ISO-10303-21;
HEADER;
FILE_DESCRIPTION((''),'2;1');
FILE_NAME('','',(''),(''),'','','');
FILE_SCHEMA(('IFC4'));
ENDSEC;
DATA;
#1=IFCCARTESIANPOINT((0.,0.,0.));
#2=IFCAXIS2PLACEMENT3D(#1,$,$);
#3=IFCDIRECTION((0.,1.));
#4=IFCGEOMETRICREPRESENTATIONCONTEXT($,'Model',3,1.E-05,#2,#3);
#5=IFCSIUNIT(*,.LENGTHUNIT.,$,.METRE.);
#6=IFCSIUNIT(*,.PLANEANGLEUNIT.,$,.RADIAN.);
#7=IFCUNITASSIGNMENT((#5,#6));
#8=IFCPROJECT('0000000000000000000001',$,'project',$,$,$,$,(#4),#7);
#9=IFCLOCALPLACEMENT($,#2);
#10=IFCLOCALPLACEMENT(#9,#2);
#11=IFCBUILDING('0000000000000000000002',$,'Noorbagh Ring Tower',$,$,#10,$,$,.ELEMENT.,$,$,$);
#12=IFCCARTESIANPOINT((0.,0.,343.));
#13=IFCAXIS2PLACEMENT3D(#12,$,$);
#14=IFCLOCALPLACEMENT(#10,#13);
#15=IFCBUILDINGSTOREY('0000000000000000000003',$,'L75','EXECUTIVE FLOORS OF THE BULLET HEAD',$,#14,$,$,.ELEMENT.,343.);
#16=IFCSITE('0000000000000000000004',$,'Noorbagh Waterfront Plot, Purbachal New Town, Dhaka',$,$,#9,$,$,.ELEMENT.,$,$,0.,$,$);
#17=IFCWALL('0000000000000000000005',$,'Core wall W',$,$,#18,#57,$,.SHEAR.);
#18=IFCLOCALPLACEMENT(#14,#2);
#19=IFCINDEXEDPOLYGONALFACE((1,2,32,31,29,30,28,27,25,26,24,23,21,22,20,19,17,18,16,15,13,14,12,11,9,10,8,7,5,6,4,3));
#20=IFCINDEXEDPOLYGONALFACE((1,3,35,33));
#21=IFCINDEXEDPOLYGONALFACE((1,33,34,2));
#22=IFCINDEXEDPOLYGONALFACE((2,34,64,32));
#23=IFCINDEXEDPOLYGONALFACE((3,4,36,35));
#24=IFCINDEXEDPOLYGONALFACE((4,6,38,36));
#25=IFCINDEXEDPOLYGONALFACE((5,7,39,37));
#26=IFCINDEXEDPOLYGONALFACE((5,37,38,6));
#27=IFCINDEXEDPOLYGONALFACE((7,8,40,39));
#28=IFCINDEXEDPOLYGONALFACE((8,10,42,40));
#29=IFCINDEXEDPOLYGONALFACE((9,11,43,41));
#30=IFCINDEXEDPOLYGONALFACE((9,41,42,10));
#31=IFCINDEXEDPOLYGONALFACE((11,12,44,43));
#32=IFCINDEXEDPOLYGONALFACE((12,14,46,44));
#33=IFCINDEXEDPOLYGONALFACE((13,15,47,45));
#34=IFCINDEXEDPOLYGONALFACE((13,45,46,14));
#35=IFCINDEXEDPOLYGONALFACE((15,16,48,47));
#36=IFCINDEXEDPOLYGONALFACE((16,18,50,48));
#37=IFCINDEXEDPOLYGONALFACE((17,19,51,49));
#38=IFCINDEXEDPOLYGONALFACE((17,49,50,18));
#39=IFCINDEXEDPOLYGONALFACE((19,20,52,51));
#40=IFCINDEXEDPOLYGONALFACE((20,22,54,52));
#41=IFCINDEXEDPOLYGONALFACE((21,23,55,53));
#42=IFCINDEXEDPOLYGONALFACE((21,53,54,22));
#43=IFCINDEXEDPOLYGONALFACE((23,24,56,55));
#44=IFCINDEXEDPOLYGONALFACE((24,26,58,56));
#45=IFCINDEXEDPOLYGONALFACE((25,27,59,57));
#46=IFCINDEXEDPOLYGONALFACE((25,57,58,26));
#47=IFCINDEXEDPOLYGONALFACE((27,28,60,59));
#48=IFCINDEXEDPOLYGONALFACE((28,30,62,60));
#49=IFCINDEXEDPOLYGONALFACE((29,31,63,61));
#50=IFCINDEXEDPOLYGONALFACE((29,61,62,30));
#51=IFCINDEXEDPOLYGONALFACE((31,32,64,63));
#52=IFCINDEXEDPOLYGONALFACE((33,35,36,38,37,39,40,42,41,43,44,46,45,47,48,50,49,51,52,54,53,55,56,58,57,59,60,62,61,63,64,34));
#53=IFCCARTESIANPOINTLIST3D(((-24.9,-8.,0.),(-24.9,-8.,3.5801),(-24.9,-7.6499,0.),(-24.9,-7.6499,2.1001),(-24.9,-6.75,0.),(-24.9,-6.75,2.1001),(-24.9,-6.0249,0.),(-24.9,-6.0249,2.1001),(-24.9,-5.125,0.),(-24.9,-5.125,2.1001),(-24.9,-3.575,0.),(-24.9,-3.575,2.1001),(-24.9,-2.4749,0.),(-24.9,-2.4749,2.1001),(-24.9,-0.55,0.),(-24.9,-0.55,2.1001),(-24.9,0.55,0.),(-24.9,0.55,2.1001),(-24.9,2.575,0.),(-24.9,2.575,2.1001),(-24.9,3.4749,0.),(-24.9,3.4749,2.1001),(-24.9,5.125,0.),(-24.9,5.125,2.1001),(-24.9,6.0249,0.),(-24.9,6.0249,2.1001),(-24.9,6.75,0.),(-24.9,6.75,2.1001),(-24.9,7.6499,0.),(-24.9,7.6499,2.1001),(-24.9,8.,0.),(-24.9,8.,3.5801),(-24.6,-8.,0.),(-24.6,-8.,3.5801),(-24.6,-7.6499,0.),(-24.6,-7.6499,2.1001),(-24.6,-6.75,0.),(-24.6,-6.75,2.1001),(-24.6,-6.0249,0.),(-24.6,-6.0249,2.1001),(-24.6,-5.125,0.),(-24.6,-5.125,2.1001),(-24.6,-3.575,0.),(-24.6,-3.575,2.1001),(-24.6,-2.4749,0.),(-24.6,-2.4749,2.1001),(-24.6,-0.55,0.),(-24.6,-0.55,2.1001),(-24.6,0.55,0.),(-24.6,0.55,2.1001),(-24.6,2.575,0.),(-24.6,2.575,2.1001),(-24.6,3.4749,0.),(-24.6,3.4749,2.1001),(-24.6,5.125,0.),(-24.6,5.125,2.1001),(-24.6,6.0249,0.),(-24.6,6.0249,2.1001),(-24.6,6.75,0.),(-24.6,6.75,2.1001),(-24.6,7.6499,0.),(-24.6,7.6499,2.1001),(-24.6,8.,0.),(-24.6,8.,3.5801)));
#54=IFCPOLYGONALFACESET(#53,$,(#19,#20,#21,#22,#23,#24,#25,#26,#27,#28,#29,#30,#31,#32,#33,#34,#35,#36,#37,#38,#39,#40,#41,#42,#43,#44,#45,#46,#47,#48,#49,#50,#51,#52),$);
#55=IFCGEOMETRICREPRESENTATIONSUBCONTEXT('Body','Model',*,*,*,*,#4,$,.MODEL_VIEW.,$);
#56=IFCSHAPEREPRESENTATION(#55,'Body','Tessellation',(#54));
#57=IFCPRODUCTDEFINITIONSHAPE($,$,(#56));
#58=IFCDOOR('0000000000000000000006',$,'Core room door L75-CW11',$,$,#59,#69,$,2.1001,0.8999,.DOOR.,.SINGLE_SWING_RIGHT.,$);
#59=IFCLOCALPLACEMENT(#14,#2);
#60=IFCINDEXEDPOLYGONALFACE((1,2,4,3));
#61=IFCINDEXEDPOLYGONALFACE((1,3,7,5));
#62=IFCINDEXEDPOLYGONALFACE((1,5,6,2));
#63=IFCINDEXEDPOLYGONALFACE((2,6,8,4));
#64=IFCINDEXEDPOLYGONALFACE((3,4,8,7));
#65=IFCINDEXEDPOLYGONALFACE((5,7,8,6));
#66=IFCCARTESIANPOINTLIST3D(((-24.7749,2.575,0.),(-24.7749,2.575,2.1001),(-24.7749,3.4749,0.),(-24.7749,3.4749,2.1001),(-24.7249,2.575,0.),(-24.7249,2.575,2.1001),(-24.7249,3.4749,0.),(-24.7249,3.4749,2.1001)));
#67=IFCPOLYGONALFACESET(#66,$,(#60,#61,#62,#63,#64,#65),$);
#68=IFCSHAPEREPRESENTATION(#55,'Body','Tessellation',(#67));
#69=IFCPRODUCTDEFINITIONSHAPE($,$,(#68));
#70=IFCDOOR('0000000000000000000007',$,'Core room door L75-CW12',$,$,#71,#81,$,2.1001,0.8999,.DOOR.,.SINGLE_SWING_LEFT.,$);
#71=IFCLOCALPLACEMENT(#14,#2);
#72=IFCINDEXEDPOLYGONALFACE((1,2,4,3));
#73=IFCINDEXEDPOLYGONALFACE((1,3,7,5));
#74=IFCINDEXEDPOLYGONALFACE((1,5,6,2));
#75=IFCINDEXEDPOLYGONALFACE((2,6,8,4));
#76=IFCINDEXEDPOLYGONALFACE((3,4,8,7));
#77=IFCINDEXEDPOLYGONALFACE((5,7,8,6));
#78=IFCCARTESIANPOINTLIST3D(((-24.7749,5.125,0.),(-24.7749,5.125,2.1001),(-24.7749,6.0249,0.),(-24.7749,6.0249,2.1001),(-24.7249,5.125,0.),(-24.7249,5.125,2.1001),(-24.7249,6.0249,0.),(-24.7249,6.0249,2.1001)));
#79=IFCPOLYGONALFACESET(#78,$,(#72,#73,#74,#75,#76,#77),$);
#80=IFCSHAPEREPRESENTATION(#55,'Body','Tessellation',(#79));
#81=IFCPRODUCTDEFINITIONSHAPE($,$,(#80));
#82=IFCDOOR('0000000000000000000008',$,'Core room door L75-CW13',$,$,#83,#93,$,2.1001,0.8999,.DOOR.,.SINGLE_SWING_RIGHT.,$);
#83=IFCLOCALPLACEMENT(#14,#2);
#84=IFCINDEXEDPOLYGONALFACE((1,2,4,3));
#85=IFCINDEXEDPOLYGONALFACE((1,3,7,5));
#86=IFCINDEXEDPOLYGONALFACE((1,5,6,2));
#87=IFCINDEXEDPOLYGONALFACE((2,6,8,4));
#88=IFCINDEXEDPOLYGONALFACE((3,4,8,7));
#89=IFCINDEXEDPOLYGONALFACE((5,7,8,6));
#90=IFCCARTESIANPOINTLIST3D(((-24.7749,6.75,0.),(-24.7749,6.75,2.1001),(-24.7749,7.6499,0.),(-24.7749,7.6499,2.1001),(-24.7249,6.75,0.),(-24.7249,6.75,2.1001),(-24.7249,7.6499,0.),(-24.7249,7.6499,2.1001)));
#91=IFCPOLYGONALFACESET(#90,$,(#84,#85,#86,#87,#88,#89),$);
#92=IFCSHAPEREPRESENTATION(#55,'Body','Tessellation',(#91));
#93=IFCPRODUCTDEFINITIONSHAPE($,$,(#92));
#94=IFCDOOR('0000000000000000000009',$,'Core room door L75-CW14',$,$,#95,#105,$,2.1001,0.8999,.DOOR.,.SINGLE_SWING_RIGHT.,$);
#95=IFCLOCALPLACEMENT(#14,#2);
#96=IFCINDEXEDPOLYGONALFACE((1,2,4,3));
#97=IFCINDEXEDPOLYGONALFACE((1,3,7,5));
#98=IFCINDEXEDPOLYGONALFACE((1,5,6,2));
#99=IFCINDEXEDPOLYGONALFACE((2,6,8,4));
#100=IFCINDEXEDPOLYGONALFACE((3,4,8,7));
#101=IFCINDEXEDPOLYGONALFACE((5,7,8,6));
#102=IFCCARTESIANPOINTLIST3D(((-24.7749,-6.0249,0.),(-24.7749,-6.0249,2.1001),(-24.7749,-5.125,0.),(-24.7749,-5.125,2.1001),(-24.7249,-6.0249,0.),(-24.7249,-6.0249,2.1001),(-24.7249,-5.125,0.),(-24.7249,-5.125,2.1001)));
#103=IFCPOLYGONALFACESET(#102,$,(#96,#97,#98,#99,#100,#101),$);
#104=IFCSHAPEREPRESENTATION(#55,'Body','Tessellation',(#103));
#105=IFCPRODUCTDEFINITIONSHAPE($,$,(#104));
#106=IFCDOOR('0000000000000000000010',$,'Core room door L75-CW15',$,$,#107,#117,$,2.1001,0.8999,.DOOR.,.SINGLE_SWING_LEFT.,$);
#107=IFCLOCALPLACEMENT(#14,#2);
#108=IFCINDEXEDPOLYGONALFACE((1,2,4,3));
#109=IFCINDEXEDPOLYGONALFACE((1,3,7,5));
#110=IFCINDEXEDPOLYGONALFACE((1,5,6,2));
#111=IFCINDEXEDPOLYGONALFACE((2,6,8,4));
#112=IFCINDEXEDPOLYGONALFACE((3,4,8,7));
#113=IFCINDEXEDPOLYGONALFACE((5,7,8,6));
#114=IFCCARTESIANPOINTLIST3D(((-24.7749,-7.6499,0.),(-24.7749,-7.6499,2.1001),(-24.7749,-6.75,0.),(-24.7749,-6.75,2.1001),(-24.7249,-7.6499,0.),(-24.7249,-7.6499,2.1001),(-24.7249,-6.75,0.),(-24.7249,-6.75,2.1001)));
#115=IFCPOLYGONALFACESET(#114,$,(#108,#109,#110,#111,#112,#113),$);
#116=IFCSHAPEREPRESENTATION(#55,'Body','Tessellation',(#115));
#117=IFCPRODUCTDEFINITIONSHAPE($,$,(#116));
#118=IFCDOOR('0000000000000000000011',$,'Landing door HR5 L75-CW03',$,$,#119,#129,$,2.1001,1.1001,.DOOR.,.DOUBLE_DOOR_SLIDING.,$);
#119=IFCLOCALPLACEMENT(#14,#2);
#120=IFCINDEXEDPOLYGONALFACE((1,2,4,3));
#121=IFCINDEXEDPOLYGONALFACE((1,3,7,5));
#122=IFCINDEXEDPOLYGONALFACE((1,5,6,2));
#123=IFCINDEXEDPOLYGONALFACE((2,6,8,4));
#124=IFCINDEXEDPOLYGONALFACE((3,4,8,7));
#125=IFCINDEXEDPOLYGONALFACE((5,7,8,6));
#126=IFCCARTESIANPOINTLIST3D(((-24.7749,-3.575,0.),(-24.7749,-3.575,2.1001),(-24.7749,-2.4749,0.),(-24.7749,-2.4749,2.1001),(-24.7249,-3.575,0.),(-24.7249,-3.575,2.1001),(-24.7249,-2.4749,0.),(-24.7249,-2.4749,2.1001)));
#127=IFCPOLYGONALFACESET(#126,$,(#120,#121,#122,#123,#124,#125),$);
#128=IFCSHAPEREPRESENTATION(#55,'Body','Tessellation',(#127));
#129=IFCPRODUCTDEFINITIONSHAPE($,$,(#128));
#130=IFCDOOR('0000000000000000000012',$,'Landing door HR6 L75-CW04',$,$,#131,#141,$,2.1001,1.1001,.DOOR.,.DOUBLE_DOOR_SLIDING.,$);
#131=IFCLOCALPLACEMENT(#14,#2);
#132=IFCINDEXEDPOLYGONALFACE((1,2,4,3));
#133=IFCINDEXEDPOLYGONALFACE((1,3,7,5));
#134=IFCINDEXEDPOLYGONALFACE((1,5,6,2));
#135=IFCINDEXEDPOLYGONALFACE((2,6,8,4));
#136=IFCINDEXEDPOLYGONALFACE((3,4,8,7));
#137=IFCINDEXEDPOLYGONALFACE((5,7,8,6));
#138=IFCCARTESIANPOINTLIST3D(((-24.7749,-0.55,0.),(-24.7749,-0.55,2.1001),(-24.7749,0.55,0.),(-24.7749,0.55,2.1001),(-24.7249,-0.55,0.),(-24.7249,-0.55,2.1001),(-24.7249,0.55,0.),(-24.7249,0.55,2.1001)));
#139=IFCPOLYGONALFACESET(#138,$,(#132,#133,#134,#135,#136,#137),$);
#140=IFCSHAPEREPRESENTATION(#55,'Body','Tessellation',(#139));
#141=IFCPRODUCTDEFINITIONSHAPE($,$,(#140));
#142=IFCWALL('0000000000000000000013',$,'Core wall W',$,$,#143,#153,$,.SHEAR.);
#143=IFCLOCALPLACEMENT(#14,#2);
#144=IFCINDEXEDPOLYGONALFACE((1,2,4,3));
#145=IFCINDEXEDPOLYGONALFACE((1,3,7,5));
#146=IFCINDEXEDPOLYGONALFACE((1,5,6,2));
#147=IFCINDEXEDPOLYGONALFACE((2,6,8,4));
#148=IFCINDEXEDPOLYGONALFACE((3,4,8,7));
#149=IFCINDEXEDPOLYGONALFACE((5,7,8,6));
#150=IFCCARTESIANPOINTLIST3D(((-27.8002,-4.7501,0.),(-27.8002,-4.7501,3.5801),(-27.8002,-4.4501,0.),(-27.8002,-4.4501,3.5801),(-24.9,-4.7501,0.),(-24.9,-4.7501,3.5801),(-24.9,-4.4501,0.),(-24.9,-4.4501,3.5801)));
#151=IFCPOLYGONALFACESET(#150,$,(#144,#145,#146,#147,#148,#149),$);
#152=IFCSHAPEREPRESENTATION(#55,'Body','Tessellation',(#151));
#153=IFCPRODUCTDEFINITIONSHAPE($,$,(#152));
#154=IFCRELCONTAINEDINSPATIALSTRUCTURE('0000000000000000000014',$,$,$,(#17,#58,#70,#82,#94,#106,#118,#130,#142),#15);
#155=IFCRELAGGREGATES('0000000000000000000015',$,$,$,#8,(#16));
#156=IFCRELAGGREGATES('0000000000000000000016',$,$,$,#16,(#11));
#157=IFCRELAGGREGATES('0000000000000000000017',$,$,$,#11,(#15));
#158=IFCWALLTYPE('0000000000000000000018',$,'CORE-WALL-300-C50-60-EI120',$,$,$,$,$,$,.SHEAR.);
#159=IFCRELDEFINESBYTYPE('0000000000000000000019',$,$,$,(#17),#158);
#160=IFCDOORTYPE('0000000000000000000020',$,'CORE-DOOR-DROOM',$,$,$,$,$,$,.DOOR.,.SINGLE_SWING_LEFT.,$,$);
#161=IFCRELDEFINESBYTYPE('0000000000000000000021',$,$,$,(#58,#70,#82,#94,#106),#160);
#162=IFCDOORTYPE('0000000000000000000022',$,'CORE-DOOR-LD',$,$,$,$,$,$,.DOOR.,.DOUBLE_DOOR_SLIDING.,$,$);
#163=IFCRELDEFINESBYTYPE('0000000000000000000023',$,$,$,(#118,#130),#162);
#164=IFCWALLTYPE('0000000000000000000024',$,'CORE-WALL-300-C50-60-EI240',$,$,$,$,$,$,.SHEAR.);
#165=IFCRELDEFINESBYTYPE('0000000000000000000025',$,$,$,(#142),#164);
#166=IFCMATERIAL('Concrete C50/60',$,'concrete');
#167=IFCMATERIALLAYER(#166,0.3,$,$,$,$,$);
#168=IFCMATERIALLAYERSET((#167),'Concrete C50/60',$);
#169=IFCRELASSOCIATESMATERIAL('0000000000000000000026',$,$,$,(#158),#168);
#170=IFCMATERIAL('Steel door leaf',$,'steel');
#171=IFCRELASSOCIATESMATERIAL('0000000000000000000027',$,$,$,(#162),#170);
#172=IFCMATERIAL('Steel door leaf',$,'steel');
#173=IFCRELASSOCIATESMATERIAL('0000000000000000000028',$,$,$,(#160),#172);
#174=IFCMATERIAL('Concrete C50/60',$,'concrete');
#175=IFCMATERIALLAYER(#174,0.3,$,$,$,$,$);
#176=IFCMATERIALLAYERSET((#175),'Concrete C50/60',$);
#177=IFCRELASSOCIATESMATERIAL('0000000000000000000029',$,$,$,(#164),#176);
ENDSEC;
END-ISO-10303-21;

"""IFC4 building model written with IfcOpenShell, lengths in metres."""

from ifc_helpers import new_model, si_unit, direction, frame, frame_2d, origin, place, context, subcontext, project, spatial, rectangle, extrude, material, layer, layer_set, type_object, element, fill, save


model = new_model("IFC4")

# Units and contexts
model_context = context("Model", 3, precision=1e-05, world=origin(), true_north=direction((0.0, 1.0)))
body_context = subcontext(model_context, "Body", "Model", "MODEL_VIEW")
ifc_project = project(units=[si_unit("LENGTHUNIT", "METRE"), si_unit("PLANEANGLEUNIT", "RADIAN")], contexts=[model_context])

# Site, building, storey
site_placement = place(None, origin())
site = spatial("IfcSite", under=ifc_project, at=site_placement, Name="Noorbagh Waterfront Plot, Purbachal New Town, Dhaka", CompositionType="ELEMENT", RefElevation=0.0)
building_placement = place(site_placement, origin())
building = spatial("IfcBuilding", under=site, at=building_placement, Name="Noorbagh Ring Tower", CompositionType="ELEMENT")
storey_placement = place(building_placement, frame((0.0, 0.0, 343.0)))
storey = spatial("IfcBuildingStorey", under=building, at=storey_placement, Name="L75", Description="EXECUTIVE FLOORS OF THE BULLET HEAD", CompositionType="ELEMENT", Elevation=343.0)

# Wall, openings, doors
ifc_material_1 = material(Name="Concrete C50/60", Category="concrete")
ifc_layer_1 = layer(ifc_material_1, 0.3)
ifc_layer_set_1 = layer_set([ifc_layer_1], Name="Concrete C50/60")
wall_type_1 = type_object("IfcWallType", Name="CORE-WALL-300-C50-60-EI120", PredefinedType="SHEAR", material=ifc_layer_set_1)
ifc_material_2 = material(Name="Steel door leaf", Category="steel")
door_type_1 = type_object("IfcDoorType", Name="CORE-DOOR-LD", OperationType="DOUBLE_DOOR_SLIDING", PredefinedType="DOOR", material=ifc_material_2)
wall_1_placement = place(storey_placement, frame((-24.75, -8.0, 0.0), z_axis=(0.0, 0.0, 1.0), x_axis=(0.0, 1.0, 0.0)))
wall_1 = element("IfcWall", 1, at=wall_1_placement, inside=storey, type_object=wall_type_1, Name="Core wall W", PredefinedType="SHEAR", context=body_context, shape_type="SweptSolid", body=[
    extrude(rectangle(XDim=16.0, YDim=0.3, at=frame_2d((8.0, 0.0))), origin(), (0.0, 0.0, 1.0), 3.5801),
])
opening_1_placement = place(wall_1_placement, frame((4.425, 0.0, 0.0)))
opening_1 = element("IfcOpeningElement", 2, at=opening_1_placement, cuts=wall_1, PredefinedType="OPENING", context=body_context, shape_type="SweptSolid", body=[
    extrude(rectangle(XDim=1.1001, YDim=2.1001, at=frame_2d((0.55, 1.05))), frame((0.0, 0.1602, 0.0), z_axis=(0.0, -1.0, 0.0), x_axis=(1.0, 0.0, 0.0)), (0.0, 0.0, 1.0), 0.3201),
])
opening_2_placement = place(wall_1_placement, frame((7.45, 0.0, 0.0)))
opening_2 = element("IfcOpeningElement", 3, at=opening_2_placement, cuts=wall_1, PredefinedType="OPENING", context=body_context, shape_type="SweptSolid", body=[
    extrude(rectangle(XDim=1.1001, YDim=2.1001, at=frame_2d((0.55, 1.05))), frame((0.0, 0.1602, 0.0), z_axis=(0.0, -1.0, 0.0), x_axis=(1.0, 0.0, 0.0)), (0.0, 0.0, 1.0), 0.3201),
])
opening_3_placement = place(wall_1_placement, frame((10.575, 0.0, 0.0)))
opening_3 = element("IfcOpeningElement", 4, at=opening_3_placement, cuts=wall_1, PredefinedType="OPENING", context=body_context, shape_type="SweptSolid", body=[
    extrude(rectangle(XDim=0.8999, YDim=2.1001, at=frame_2d((0.45, 1.05))), frame((0.0, 0.1602, 0.0), z_axis=(0.0, -1.0, 0.0), x_axis=(1.0, 0.0, 0.0)), (0.0, 0.0, 1.0), 0.3201),
])
opening_4_placement = place(wall_1_placement, frame((13.125, 0.0, 0.0)))
opening_4 = element("IfcOpeningElement", 5, at=opening_4_placement, cuts=wall_1, PredefinedType="OPENING", context=body_context, shape_type="SweptSolid", body=[
    extrude(rectangle(XDim=0.8999, YDim=2.1001, at=frame_2d((0.45, 1.05))), frame((0.0, 0.1602, 0.0), z_axis=(0.0, -1.0, 0.0), x_axis=(1.0, 0.0, 0.0)), (0.0, 0.0, 1.0), 0.3201),
])
opening_5_placement = place(wall_1_placement, frame((14.75, 0.0, 0.0)))
opening_5 = element("IfcOpeningElement", 6, at=opening_5_placement, cuts=wall_1, PredefinedType="OPENING", context=body_context, shape_type="SweptSolid", body=[
    extrude(rectangle(XDim=0.8999, YDim=2.1001, at=frame_2d((0.45, 1.05))), frame((0.0, 0.1602, 0.0), z_axis=(0.0, -1.0, 0.0), x_axis=(1.0, 0.0, 0.0)), (0.0, 0.0, 1.0), 0.3201),
])
opening_6_placement = place(wall_1_placement, frame((1.9751, 0.0, 0.0)))
opening_6 = element("IfcOpeningElement", 7, at=opening_6_placement, cuts=wall_1, PredefinedType="OPENING", context=body_context, shape_type="SweptSolid", body=[
    extrude(rectangle(XDim=0.8999, YDim=2.1001, at=frame_2d((0.45, 1.05))), frame((0.0, 0.1602, 0.0), z_axis=(0.0, -1.0, 0.0), x_axis=(1.0, 0.0, 0.0)), (0.0, 0.0, 1.0), 0.3201),
])
opening_7_placement = place(wall_1_placement, frame((0.3501, 0.0, 0.0)))
opening_7 = element("IfcOpeningElement", 8, at=opening_7_placement, cuts=wall_1, PredefinedType="OPENING", context=body_context, shape_type="SweptSolid", body=[
    extrude(rectangle(XDim=0.8999, YDim=2.1001, at=frame_2d((0.45, 1.05))), frame((0.0, 0.1602, 0.0), z_axis=(0.0, -1.0, 0.0), x_axis=(1.0, 0.0, 0.0)), (0.0, 0.0, 1.0), 0.3201),
])
ifc_material_3 = material(Name="Steel door leaf", Category="steel")
door_type_2 = type_object("IfcDoorType", Name="CORE-DOOR-DROOM", OperationType="SINGLE_SWING_LEFT", PredefinedType="DOOR", material=ifc_material_3)
door_1_placement = place(opening_3_placement, origin())
door_1 = element("IfcDoor", 9, at=door_1_placement, inside=storey, type_object=door_type_2, Name="Core room door L75-CW11", OperationType="SINGLE_SWING_RIGHT", OverallHeight=2.1001, OverallWidth=0.8999, PredefinedType="DOOR", context=body_context, shape_type="SweptSolid", body=[
    extrude(rectangle(XDim=0.8999, YDim=2.1001, at=frame_2d((0.45, 1.05))), frame((0.0, 0.0249, 0.0), z_axis=(0.0, -1.0, 0.0), x_axis=(1.0, 0.0, 0.0)), (0.0, 0.0, 1.0), 0.05),
])
fill(opening_3, door_1)
door_2_placement = place(opening_4_placement, origin())
door_2 = element("IfcDoor", 10, at=door_2_placement, inside=storey, type_object=door_type_2, Name="Core room door L75-CW12", OperationType="SINGLE_SWING_LEFT", OverallHeight=2.1001, OverallWidth=0.8999, PredefinedType="DOOR", context=body_context, shape_type="SweptSolid", body=[
    extrude(rectangle(XDim=0.8999, YDim=2.1001, at=frame_2d((0.45, 1.05))), frame((0.0, 0.0249, 0.0), z_axis=(0.0, -1.0, 0.0), x_axis=(1.0, 0.0, 0.0)), (0.0, 0.0, 1.0), 0.05),
])
fill(opening_4, door_2)
door_3_placement = place(opening_5_placement, origin())
door_3 = element("IfcDoor", 11, at=door_3_placement, inside=storey, type_object=door_type_2, Name="Core room door L75-CW13", OperationType="SINGLE_SWING_RIGHT", OverallHeight=2.1001, OverallWidth=0.8999, PredefinedType="DOOR", context=body_context, shape_type="SweptSolid", body=[
    extrude(rectangle(XDim=0.8999, YDim=2.1001, at=frame_2d((0.45, 1.05))), frame((0.0, 0.0249, 0.0), z_axis=(0.0, -1.0, 0.0), x_axis=(1.0, 0.0, 0.0)), (0.0, 0.0, 1.0), 0.05),
])
fill(opening_5, door_3)
door_4_placement = place(opening_6_placement, origin())
door_4 = element("IfcDoor", 12, at=door_4_placement, inside=storey, type_object=door_type_2, Name="Core room door L75-CW14", OperationType="SINGLE_SWING_RIGHT", OverallHeight=2.1001, OverallWidth=0.8999, PredefinedType="DOOR", context=body_context, shape_type="SweptSolid", body=[
    extrude(rectangle(XDim=0.8999, YDim=2.1001, at=frame_2d((0.45, 1.05))), frame((0.0, 0.0249, 0.0), z_axis=(0.0, -1.0, 0.0), x_axis=(1.0, 0.0, 0.0)), (0.0, 0.0, 1.0), 0.05),
])
fill(opening_6, door_4)
door_5_placement = place(opening_7_placement, origin())
door_5 = element("IfcDoor", 13, at=door_5_placement, inside=storey, type_object=door_type_2, Name="Core room door L75-CW15", OperationType="SINGLE_SWING_LEFT", OverallHeight=2.1001, OverallWidth=0.8999, PredefinedType="DOOR", context=body_context, shape_type="SweptSolid", body=[
    extrude(rectangle(XDim=0.8999, YDim=2.1001, at=frame_2d((0.45, 1.05))), frame((0.0, 0.0249, 0.0), z_axis=(0.0, -1.0, 0.0), x_axis=(1.0, 0.0, 0.0)), (0.0, 0.0, 1.0), 0.05),
])
fill(opening_7, door_5)
door_6_placement = place(opening_1_placement, origin())
door_6 = element("IfcDoor", 14, at=door_6_placement, inside=storey, type_object=door_type_1, Name="Landing door HR5 L75-CW03", OperationType="DOUBLE_DOOR_SLIDING", OverallHeight=2.1001, OverallWidth=1.1001, PredefinedType="DOOR", context=body_context, shape_type="SweptSolid", body=[
    extrude(rectangle(XDim=1.1001, YDim=2.1001, at=frame_2d((0.55, 1.05))), frame((0.0, 0.0249, 0.0), z_axis=(0.0, -1.0, 0.0), x_axis=(1.0, 0.0, 0.0)), (0.0, 0.0, 1.0), 0.05),
])
fill(opening_1, door_6)
door_7_placement = place(opening_2_placement, origin())
door_7 = element("IfcDoor", 15, at=door_7_placement, inside=storey, type_object=door_type_1, Name="Landing door HR6 L75-CW04", OperationType="DOUBLE_DOOR_SLIDING", OverallHeight=2.1001, OverallWidth=1.1001, PredefinedType="DOOR", context=body_context, shape_type="SweptSolid", body=[
    extrude(rectangle(XDim=1.1001, YDim=2.1001, at=frame_2d((0.55, 1.05))), frame((0.0, 0.0249, 0.0), z_axis=(0.0, -1.0, 0.0), x_axis=(1.0, 0.0, 0.0)), (0.0, 0.0, 1.0), 0.05),
])
fill(opening_2, door_7)

# Wall
ifc_material_4 = material(Name="Concrete C50/60", Category="concrete")
ifc_layer_2 = layer(ifc_material_4, 0.3)
ifc_layer_set_2 = layer_set([ifc_layer_2], Name="Concrete C50/60")
wall_type_2 = type_object("IfcWallType", Name="CORE-WALL-300-C50-60-EI240", PredefinedType="SHEAR", material=ifc_layer_set_2)
wall_2_placement = place(storey_placement, frame((-24.8999, -4.6001, 0.0), z_axis=(0.0, 0.0, 1.0), x_axis=(-1.0, 0.0, 0.0)))
element("IfcWall", 16, at=wall_2_placement, inside=storey, type_object=wall_type_2, Name="Core wall W", PredefinedType="SHEAR", context=body_context, shape_type="SweptSolid", body=[
    extrude(rectangle(XDim=2.9001, YDim=0.3, at=frame_2d((1.4502, 0.0))), origin(), (0.0, 0.0, 1.0), 3.5801),
])

save(model, "model.ifc")
